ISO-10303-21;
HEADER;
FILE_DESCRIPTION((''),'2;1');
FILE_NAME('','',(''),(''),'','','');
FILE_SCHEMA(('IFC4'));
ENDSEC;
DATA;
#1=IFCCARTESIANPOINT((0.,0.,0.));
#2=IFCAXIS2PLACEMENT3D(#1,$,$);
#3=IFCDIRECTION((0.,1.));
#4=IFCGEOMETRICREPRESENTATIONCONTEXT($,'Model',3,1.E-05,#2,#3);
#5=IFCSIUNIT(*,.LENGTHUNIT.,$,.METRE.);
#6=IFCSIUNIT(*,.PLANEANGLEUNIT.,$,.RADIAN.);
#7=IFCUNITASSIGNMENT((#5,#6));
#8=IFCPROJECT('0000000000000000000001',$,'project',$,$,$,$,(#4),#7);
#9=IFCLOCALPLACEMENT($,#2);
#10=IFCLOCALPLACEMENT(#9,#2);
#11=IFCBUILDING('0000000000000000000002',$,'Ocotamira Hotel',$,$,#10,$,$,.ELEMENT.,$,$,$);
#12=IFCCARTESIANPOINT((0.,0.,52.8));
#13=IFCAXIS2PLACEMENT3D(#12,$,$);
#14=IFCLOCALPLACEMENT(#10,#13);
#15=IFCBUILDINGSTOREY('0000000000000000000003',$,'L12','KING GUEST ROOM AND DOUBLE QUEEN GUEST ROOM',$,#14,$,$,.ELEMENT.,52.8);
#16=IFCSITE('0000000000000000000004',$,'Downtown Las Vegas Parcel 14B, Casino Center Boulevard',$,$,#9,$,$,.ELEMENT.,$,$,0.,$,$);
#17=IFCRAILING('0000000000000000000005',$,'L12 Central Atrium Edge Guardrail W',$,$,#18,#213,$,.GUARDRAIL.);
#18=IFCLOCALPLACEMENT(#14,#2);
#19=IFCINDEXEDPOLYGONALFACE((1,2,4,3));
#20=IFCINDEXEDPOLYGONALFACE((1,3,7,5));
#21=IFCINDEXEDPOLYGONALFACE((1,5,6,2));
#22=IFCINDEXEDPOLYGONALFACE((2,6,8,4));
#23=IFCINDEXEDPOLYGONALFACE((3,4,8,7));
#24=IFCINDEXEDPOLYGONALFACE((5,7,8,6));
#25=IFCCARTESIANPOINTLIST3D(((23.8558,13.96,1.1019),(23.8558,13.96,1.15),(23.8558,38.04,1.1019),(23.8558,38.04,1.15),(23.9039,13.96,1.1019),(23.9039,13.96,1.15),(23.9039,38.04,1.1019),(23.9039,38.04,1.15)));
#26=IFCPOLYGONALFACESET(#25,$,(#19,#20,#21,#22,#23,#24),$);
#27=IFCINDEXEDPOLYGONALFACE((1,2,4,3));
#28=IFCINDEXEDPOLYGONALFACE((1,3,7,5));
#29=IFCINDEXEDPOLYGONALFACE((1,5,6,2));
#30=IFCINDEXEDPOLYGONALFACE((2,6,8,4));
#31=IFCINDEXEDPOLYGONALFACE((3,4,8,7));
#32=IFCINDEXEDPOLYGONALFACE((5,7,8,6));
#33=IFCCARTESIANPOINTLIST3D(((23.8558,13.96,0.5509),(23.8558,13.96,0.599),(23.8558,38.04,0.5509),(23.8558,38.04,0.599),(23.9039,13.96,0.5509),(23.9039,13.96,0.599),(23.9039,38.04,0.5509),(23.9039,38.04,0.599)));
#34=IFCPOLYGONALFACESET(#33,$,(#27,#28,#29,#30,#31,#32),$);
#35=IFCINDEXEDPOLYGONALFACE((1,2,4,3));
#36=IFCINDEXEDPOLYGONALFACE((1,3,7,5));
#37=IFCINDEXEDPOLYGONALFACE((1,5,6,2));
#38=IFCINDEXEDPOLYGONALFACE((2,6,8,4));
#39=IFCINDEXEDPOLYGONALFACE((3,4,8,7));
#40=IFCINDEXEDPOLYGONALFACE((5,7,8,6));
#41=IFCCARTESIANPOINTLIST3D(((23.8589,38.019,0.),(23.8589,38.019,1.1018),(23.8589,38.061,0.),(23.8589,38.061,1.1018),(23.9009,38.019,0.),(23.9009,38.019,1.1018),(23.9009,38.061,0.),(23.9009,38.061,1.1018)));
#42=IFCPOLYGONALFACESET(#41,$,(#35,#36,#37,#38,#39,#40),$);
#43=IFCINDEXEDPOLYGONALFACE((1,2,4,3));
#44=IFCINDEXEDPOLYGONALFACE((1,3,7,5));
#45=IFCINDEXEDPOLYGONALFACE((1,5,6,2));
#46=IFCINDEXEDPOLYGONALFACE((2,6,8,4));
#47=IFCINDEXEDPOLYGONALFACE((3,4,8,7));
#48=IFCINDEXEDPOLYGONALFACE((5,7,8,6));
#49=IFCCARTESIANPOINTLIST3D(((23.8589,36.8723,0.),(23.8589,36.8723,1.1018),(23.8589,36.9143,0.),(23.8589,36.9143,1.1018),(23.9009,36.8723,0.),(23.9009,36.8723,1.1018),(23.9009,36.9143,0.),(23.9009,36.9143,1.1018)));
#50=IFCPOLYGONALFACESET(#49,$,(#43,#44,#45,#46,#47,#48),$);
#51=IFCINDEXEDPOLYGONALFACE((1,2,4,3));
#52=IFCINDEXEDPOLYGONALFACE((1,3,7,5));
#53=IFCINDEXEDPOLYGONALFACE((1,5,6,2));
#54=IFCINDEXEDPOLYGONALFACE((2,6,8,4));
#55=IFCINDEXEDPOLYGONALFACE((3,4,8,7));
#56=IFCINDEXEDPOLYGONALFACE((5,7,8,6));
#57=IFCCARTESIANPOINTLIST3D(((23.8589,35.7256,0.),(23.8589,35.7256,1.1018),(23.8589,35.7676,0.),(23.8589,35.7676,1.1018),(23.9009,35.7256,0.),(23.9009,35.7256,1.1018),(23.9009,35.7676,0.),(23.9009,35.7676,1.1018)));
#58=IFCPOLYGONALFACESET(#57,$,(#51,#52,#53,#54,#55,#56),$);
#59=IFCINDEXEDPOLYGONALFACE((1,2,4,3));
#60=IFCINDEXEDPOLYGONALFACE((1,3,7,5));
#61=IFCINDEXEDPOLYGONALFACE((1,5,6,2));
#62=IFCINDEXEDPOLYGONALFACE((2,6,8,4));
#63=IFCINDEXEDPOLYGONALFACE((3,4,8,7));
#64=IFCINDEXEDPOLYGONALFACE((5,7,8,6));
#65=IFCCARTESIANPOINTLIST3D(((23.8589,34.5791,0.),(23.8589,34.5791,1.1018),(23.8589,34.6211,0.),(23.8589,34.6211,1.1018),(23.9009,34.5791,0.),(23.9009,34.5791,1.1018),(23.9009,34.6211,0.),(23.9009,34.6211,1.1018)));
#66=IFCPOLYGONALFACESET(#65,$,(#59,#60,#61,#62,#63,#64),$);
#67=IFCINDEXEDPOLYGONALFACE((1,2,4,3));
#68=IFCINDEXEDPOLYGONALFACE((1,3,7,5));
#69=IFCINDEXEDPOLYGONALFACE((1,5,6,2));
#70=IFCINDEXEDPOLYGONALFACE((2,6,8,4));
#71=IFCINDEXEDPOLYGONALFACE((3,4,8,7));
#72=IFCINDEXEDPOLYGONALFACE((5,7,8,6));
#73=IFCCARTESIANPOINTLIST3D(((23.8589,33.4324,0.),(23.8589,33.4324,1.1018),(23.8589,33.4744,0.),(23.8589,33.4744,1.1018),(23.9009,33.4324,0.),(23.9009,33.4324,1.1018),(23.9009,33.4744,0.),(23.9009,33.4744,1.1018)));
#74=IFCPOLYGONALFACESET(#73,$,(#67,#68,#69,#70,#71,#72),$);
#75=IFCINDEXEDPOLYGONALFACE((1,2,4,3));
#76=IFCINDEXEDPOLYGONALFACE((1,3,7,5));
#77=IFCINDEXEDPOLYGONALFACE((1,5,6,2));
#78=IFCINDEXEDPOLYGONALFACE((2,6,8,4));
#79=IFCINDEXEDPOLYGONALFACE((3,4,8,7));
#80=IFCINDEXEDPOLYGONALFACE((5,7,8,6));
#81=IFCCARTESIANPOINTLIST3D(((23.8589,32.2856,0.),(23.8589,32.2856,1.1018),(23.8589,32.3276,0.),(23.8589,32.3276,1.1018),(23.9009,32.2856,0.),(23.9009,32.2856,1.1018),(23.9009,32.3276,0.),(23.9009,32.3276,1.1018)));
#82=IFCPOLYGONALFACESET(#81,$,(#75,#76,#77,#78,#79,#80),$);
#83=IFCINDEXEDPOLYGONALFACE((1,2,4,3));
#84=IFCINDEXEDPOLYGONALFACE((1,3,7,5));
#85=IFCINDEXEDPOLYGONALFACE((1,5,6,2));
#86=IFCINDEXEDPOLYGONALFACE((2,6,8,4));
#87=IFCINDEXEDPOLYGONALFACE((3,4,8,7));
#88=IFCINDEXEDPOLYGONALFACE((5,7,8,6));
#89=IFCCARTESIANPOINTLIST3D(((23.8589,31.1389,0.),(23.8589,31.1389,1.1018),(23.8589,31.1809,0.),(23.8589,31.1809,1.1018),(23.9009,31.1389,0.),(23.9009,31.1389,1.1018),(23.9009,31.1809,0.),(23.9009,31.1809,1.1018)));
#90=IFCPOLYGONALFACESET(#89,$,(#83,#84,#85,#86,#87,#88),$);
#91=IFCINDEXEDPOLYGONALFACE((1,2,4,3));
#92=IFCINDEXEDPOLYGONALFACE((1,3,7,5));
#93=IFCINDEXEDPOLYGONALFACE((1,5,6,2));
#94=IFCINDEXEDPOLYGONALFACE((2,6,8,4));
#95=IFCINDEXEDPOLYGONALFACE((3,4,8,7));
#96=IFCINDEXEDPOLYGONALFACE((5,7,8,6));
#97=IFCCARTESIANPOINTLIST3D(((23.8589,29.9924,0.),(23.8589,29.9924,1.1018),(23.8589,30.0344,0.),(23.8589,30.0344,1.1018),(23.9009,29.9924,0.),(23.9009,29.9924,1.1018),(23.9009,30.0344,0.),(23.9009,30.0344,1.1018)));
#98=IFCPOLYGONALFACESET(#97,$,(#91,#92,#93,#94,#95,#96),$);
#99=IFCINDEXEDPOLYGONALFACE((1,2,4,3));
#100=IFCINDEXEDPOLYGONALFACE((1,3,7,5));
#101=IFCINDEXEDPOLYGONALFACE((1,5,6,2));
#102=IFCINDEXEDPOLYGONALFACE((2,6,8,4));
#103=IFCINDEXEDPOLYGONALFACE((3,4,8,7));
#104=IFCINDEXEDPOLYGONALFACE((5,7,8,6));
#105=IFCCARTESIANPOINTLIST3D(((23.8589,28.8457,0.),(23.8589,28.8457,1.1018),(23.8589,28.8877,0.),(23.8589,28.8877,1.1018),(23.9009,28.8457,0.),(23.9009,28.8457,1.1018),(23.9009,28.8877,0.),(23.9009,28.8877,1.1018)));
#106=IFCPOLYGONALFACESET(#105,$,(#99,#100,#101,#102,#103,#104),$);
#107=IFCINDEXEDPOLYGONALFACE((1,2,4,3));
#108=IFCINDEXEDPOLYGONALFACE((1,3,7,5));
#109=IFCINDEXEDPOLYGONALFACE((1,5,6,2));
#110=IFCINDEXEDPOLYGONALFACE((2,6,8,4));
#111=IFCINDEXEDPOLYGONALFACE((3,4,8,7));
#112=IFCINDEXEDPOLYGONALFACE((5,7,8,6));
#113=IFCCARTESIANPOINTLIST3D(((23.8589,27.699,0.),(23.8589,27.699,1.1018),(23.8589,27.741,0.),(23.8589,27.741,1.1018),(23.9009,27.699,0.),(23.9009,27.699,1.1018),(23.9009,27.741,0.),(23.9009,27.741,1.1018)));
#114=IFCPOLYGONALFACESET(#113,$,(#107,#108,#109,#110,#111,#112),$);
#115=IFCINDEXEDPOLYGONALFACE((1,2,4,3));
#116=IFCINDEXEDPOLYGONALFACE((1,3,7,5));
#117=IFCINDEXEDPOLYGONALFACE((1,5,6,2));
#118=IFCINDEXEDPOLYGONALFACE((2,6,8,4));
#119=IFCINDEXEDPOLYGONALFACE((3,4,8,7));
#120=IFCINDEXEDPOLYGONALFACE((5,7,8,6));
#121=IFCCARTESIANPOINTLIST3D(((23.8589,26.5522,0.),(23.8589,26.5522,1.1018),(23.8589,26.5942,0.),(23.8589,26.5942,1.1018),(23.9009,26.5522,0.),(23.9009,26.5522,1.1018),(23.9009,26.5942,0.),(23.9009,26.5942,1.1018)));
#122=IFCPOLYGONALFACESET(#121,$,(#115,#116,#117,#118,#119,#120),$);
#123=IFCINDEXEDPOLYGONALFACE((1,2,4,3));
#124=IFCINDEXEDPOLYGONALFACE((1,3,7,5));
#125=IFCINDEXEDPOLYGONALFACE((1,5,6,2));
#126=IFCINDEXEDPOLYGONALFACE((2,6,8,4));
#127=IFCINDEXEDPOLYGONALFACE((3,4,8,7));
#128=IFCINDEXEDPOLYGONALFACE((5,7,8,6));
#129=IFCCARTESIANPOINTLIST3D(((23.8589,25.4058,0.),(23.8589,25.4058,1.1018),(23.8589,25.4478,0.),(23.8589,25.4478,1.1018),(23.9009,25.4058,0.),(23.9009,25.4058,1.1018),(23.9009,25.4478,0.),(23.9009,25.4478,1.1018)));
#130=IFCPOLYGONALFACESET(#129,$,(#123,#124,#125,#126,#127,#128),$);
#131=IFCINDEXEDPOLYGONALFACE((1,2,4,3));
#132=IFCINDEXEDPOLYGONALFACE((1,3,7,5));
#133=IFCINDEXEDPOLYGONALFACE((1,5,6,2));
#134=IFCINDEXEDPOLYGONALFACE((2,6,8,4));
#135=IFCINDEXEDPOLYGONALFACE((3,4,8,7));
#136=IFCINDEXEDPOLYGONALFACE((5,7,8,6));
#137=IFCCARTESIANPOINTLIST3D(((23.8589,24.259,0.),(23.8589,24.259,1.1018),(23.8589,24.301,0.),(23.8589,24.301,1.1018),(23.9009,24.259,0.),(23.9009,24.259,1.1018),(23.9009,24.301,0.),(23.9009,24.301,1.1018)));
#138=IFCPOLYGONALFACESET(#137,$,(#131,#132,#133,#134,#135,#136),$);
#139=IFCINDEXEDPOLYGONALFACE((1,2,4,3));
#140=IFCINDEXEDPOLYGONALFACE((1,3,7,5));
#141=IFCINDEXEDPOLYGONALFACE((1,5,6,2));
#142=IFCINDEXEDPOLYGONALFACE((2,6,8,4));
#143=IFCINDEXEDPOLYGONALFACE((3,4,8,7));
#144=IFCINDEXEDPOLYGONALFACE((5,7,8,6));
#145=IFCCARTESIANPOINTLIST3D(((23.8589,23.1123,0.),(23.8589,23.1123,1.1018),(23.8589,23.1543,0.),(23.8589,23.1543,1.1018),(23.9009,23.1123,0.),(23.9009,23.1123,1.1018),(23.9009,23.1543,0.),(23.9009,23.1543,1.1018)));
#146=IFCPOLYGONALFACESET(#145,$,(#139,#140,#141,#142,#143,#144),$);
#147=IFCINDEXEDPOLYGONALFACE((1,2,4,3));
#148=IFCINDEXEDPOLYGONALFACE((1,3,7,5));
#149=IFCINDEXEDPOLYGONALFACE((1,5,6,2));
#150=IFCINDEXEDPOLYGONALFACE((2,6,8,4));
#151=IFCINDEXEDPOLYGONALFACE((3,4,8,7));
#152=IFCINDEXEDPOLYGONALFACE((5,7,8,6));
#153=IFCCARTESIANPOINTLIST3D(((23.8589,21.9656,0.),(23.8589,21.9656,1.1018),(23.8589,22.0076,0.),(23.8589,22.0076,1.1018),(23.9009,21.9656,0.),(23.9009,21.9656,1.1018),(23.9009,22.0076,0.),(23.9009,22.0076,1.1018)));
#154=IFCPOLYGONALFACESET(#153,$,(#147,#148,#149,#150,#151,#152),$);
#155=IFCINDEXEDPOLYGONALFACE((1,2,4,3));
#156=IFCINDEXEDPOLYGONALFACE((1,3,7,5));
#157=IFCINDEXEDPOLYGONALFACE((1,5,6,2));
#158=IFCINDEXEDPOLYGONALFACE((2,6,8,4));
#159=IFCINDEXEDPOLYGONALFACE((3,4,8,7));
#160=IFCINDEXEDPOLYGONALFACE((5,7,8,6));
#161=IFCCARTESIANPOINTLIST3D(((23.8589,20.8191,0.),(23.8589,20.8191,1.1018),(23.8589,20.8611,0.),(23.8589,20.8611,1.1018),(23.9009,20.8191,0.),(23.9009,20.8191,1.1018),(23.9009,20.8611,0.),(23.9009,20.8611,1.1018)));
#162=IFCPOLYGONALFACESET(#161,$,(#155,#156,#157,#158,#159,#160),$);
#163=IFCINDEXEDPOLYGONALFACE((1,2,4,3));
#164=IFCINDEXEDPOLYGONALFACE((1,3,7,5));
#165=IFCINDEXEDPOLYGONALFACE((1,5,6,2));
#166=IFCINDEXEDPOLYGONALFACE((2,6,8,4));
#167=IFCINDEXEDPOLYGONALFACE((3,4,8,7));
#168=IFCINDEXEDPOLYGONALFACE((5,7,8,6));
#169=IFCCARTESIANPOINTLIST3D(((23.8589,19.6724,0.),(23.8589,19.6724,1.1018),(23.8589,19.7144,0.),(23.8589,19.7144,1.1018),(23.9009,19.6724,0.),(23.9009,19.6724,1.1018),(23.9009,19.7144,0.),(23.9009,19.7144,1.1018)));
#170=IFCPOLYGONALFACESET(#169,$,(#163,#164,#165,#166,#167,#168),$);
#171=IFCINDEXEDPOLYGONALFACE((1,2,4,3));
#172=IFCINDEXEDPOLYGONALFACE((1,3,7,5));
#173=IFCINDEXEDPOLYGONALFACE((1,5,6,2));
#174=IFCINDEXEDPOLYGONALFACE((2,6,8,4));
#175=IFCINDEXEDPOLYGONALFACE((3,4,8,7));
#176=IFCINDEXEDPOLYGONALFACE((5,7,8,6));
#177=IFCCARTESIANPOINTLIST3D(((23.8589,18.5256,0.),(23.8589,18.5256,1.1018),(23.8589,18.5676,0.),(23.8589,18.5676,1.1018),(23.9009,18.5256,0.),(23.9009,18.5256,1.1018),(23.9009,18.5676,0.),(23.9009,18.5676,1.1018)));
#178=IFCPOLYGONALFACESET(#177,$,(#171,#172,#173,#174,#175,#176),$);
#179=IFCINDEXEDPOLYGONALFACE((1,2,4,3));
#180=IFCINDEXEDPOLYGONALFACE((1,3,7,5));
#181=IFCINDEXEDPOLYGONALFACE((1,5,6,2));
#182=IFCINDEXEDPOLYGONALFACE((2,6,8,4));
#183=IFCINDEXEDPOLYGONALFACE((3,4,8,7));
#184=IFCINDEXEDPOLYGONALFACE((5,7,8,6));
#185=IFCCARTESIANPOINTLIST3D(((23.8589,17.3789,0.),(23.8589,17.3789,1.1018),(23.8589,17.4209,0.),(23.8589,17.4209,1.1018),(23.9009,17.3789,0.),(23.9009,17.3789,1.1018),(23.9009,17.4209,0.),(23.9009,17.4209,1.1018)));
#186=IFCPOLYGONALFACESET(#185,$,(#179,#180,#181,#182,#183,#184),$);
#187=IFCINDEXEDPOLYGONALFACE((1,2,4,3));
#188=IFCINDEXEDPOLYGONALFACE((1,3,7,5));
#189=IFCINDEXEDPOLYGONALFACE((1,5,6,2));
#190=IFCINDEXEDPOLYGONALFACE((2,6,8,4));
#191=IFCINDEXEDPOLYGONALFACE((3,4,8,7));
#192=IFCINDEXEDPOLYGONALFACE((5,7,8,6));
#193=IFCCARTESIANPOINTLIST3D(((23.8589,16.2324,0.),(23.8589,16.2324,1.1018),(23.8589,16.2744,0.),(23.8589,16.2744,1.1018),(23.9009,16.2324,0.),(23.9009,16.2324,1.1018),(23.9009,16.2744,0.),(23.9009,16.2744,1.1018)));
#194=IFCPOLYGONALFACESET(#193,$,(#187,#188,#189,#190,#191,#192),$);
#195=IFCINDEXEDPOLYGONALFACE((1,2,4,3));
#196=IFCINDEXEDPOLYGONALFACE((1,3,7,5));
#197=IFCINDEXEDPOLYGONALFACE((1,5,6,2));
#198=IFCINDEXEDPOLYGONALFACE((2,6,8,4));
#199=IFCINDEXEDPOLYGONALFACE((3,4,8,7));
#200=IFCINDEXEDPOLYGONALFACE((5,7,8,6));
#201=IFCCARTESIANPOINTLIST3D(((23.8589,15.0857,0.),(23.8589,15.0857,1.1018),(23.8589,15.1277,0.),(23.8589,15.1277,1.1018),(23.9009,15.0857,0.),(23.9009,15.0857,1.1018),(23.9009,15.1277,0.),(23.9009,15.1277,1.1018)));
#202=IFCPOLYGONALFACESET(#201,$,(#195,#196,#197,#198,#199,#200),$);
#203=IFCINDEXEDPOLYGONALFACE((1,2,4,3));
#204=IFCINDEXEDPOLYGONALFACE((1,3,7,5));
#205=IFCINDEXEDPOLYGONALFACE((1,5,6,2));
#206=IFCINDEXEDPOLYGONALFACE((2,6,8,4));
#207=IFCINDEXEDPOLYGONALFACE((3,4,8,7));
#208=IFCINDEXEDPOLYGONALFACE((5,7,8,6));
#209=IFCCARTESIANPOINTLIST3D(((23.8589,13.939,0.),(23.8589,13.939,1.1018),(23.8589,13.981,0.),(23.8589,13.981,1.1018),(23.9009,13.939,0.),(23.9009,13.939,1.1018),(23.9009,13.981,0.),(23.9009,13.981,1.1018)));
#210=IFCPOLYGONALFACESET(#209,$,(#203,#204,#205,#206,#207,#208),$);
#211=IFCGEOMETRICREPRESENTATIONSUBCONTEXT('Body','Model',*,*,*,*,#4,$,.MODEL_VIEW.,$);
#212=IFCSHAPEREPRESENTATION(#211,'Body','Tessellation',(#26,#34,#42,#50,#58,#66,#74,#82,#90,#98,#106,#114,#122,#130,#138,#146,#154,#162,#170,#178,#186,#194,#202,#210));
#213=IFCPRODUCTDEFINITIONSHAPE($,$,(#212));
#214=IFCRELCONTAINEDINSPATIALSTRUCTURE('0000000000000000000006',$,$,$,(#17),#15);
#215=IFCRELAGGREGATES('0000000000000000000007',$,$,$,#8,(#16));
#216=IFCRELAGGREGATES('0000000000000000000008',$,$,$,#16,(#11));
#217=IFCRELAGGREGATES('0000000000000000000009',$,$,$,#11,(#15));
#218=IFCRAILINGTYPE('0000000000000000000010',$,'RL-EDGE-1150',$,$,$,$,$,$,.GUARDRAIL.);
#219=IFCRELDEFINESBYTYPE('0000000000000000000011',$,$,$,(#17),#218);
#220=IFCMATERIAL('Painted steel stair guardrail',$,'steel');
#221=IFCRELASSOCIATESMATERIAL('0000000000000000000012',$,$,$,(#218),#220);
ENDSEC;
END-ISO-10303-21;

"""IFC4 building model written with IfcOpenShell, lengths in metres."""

from ifc_helpers import new_model, si_unit, direction, frame, origin, origin_2d, place, context, subcontext, project, spatial, rectangle, extrude, material, type_object, element, save


model = new_model("IFC4")

# Units and contexts
model_context = context("Model", 3, precision=1e-05, world=origin(), true_north=direction((0.0, 1.0)))
body_context = subcontext(model_context, "Body", "Model", "MODEL_VIEW")
ifc_project = project(units=[si_unit("LENGTHUNIT", "METRE"), si_unit("PLANEANGLEUNIT", "RADIAN")], contexts=[model_context])

# Site, building, storey
site_placement = place(None, origin())
site = spatial("IfcSite", under=ifc_project, at=site_placement, Name="Downtown Las Vegas Parcel 14B, Casino Center Boulevard", CompositionType="ELEMENT", RefElevation=0.0)
building_placement = place(site_placement, origin())
building = spatial("IfcBuilding", under=site, at=building_placement, Name="Ocotamira Hotel", CompositionType="ELEMENT")
storey_placement = place(building_placement, frame((0.0, 0.0, 52.8)))
storey = spatial("IfcBuildingStorey", under=building, at=storey_placement, Name="L12", Description="KING GUEST ROOM AND DOUBLE QUEEN GUEST ROOM", CompositionType="ELEMENT", Elevation=52.8)

# Railing
ifc_material_1 = material(Name="Painted steel stair guardrail", Category="steel")
railing_type = type_object("IfcRailingType", Name="RL-EDGE-1150", PredefinedType="GUARDRAIL", material=ifc_material_1)
railing_placement = place(storey_placement, frame((23.8799, 38.04, 0.0)))
element("IfcRailing", 1, at=railing_placement, inside=storey, type_object=railing_type, Name="L12 Central Atrium Edge Guardrail W", PredefinedType="GUARDRAIL", context=body_context, shape_type="SweptSolid", body=[
    extrude(rectangle(XDim=0.0481, YDim=0.0481, at=origin_2d()), frame((0.0, 0.0, 1.126), z_axis=(0.0, -1.0, 0.0), x_axis=(1.0, 0.0, 0.0)), (0.0, 0.0, 1.0), 24.0801),
    extrude(rectangle(XDim=0.0481, YDim=0.0481, at=origin_2d()), frame((0.0, 0.0, 0.575), z_axis=(0.0, -1.0, 0.0), x_axis=(1.0, 0.0, 0.0)), (0.0, 0.0, 1.0), 24.0801),
    extrude(rectangle(XDim=0.042, YDim=0.042, at=origin_2d()), origin(), (0.0, 0.0, 1.0), 1.1018),
    extrude(rectangle(XDim=0.042, YDim=0.042, at=origin_2d()), frame((0.0, -1.1467, 0.0)), (0.0, 0.0, 1.0), 1.1018),
    extrude(rectangle(XDim=0.042, YDim=0.042, at=origin_2d()), frame((0.0, -2.2935, 0.0)), (0.0, 0.0, 1.0), 1.1018),
    extrude(rectangle(XDim=0.042, YDim=0.042, at=origin_2d()), frame((0.0, -3.4399, 0.0)), (0.0, 0.0, 1.0), 1.1018),
    extrude(rectangle(XDim=0.042, YDim=0.042, at=origin_2d()), frame((0.0, -4.5867, 0.0)), (0.0, 0.0, 1.0), 1.1018),
    extrude(rectangle(XDim=0.042, YDim=0.042, at=origin_2d()), frame((0.0, -5.7334, 0.0)), (0.0, 0.0, 1.0), 1.1018),
    extrude(rectangle(XDim=0.042, YDim=0.042, at=origin_2d()), frame((0.0, -6.8801, 0.0)), (0.0, 0.0, 1.0), 1.1018),
    extrude(rectangle(XDim=0.042, YDim=0.042, at=origin_2d()), frame((0.0, -8.0266, 0.0)), (0.0, 0.0, 1.0), 1.1018),
    extrude(rectangle(XDim=0.042, YDim=0.042, at=origin_2d()), frame((0.0, -9.1733, 0.0)), (0.0, 0.0, 1.0), 1.1018),
    extrude(rectangle(XDim=0.042, YDim=0.042, at=origin_2d()), frame((0.0, -10.3201, 0.0)), (0.0, 0.0, 1.0), 1.1018),
    extrude(rectangle(XDim=0.042, YDim=0.042, at=origin_2d()), frame((0.0, -11.4668, 0.0)), (0.0, 0.0, 1.0), 1.1018),
    extrude(rectangle(XDim=0.042, YDim=0.042, at=origin_2d()), frame((0.0, -12.6133, 0.0)), (0.0, 0.0, 1.0), 1.1018),
    extrude(rectangle(XDim=0.042, YDim=0.042, at=origin_2d()), frame((0.0, -13.76, 0.0)), (0.0, 0.0, 1.0), 1.1018),
    extrude(rectangle(XDim=0.042, YDim=0.042, at=origin_2d()), frame((0.0, -14.9067, 0.0)), (0.0, 0.0, 1.0), 1.1018),
    extrude(rectangle(XDim=0.042, YDim=0.042, at=origin_2d()), frame((0.0, -16.0535, 0.0)), (0.0, 0.0, 1.0), 1.1018),
    extrude(rectangle(XDim=0.042, YDim=0.042, at=origin_2d()), frame((0.0, -17.2, 0.0)), (0.0, 0.0, 1.0), 1.1018),
    extrude(rectangle(XDim=0.042, YDim=0.042, at=origin_2d()), frame((0.0, -18.3467, 0.0)), (0.0, 0.0, 1.0), 1.1018),
    extrude(rectangle(XDim=0.042, YDim=0.042, at=origin_2d()), frame((0.0, -19.4934, 0.0)), (0.0, 0.0, 1.0), 1.1018),
    extrude(rectangle(XDim=0.042, YDim=0.042, at=origin_2d()), frame((0.0, -20.6401, 0.0)), (0.0, 0.0, 1.0), 1.1018),
    extrude(rectangle(XDim=0.042, YDim=0.042, at=origin_2d()), frame((0.0, -21.7866, 0.0)), (0.0, 0.0, 1.0), 1.1018),
    extrude(rectangle(XDim=0.042, YDim=0.042, at=origin_2d()), frame((0.0, -22.9333, 0.0)), (0.0, 0.0, 1.0), 1.1018),
    extrude(rectangle(XDim=0.042, YDim=0.042, at=origin_2d()), frame((0.0, -24.0801, 0.0)), (0.0, 0.0, 1.0), 1.1018),
])

save(model, "model.ifc")
